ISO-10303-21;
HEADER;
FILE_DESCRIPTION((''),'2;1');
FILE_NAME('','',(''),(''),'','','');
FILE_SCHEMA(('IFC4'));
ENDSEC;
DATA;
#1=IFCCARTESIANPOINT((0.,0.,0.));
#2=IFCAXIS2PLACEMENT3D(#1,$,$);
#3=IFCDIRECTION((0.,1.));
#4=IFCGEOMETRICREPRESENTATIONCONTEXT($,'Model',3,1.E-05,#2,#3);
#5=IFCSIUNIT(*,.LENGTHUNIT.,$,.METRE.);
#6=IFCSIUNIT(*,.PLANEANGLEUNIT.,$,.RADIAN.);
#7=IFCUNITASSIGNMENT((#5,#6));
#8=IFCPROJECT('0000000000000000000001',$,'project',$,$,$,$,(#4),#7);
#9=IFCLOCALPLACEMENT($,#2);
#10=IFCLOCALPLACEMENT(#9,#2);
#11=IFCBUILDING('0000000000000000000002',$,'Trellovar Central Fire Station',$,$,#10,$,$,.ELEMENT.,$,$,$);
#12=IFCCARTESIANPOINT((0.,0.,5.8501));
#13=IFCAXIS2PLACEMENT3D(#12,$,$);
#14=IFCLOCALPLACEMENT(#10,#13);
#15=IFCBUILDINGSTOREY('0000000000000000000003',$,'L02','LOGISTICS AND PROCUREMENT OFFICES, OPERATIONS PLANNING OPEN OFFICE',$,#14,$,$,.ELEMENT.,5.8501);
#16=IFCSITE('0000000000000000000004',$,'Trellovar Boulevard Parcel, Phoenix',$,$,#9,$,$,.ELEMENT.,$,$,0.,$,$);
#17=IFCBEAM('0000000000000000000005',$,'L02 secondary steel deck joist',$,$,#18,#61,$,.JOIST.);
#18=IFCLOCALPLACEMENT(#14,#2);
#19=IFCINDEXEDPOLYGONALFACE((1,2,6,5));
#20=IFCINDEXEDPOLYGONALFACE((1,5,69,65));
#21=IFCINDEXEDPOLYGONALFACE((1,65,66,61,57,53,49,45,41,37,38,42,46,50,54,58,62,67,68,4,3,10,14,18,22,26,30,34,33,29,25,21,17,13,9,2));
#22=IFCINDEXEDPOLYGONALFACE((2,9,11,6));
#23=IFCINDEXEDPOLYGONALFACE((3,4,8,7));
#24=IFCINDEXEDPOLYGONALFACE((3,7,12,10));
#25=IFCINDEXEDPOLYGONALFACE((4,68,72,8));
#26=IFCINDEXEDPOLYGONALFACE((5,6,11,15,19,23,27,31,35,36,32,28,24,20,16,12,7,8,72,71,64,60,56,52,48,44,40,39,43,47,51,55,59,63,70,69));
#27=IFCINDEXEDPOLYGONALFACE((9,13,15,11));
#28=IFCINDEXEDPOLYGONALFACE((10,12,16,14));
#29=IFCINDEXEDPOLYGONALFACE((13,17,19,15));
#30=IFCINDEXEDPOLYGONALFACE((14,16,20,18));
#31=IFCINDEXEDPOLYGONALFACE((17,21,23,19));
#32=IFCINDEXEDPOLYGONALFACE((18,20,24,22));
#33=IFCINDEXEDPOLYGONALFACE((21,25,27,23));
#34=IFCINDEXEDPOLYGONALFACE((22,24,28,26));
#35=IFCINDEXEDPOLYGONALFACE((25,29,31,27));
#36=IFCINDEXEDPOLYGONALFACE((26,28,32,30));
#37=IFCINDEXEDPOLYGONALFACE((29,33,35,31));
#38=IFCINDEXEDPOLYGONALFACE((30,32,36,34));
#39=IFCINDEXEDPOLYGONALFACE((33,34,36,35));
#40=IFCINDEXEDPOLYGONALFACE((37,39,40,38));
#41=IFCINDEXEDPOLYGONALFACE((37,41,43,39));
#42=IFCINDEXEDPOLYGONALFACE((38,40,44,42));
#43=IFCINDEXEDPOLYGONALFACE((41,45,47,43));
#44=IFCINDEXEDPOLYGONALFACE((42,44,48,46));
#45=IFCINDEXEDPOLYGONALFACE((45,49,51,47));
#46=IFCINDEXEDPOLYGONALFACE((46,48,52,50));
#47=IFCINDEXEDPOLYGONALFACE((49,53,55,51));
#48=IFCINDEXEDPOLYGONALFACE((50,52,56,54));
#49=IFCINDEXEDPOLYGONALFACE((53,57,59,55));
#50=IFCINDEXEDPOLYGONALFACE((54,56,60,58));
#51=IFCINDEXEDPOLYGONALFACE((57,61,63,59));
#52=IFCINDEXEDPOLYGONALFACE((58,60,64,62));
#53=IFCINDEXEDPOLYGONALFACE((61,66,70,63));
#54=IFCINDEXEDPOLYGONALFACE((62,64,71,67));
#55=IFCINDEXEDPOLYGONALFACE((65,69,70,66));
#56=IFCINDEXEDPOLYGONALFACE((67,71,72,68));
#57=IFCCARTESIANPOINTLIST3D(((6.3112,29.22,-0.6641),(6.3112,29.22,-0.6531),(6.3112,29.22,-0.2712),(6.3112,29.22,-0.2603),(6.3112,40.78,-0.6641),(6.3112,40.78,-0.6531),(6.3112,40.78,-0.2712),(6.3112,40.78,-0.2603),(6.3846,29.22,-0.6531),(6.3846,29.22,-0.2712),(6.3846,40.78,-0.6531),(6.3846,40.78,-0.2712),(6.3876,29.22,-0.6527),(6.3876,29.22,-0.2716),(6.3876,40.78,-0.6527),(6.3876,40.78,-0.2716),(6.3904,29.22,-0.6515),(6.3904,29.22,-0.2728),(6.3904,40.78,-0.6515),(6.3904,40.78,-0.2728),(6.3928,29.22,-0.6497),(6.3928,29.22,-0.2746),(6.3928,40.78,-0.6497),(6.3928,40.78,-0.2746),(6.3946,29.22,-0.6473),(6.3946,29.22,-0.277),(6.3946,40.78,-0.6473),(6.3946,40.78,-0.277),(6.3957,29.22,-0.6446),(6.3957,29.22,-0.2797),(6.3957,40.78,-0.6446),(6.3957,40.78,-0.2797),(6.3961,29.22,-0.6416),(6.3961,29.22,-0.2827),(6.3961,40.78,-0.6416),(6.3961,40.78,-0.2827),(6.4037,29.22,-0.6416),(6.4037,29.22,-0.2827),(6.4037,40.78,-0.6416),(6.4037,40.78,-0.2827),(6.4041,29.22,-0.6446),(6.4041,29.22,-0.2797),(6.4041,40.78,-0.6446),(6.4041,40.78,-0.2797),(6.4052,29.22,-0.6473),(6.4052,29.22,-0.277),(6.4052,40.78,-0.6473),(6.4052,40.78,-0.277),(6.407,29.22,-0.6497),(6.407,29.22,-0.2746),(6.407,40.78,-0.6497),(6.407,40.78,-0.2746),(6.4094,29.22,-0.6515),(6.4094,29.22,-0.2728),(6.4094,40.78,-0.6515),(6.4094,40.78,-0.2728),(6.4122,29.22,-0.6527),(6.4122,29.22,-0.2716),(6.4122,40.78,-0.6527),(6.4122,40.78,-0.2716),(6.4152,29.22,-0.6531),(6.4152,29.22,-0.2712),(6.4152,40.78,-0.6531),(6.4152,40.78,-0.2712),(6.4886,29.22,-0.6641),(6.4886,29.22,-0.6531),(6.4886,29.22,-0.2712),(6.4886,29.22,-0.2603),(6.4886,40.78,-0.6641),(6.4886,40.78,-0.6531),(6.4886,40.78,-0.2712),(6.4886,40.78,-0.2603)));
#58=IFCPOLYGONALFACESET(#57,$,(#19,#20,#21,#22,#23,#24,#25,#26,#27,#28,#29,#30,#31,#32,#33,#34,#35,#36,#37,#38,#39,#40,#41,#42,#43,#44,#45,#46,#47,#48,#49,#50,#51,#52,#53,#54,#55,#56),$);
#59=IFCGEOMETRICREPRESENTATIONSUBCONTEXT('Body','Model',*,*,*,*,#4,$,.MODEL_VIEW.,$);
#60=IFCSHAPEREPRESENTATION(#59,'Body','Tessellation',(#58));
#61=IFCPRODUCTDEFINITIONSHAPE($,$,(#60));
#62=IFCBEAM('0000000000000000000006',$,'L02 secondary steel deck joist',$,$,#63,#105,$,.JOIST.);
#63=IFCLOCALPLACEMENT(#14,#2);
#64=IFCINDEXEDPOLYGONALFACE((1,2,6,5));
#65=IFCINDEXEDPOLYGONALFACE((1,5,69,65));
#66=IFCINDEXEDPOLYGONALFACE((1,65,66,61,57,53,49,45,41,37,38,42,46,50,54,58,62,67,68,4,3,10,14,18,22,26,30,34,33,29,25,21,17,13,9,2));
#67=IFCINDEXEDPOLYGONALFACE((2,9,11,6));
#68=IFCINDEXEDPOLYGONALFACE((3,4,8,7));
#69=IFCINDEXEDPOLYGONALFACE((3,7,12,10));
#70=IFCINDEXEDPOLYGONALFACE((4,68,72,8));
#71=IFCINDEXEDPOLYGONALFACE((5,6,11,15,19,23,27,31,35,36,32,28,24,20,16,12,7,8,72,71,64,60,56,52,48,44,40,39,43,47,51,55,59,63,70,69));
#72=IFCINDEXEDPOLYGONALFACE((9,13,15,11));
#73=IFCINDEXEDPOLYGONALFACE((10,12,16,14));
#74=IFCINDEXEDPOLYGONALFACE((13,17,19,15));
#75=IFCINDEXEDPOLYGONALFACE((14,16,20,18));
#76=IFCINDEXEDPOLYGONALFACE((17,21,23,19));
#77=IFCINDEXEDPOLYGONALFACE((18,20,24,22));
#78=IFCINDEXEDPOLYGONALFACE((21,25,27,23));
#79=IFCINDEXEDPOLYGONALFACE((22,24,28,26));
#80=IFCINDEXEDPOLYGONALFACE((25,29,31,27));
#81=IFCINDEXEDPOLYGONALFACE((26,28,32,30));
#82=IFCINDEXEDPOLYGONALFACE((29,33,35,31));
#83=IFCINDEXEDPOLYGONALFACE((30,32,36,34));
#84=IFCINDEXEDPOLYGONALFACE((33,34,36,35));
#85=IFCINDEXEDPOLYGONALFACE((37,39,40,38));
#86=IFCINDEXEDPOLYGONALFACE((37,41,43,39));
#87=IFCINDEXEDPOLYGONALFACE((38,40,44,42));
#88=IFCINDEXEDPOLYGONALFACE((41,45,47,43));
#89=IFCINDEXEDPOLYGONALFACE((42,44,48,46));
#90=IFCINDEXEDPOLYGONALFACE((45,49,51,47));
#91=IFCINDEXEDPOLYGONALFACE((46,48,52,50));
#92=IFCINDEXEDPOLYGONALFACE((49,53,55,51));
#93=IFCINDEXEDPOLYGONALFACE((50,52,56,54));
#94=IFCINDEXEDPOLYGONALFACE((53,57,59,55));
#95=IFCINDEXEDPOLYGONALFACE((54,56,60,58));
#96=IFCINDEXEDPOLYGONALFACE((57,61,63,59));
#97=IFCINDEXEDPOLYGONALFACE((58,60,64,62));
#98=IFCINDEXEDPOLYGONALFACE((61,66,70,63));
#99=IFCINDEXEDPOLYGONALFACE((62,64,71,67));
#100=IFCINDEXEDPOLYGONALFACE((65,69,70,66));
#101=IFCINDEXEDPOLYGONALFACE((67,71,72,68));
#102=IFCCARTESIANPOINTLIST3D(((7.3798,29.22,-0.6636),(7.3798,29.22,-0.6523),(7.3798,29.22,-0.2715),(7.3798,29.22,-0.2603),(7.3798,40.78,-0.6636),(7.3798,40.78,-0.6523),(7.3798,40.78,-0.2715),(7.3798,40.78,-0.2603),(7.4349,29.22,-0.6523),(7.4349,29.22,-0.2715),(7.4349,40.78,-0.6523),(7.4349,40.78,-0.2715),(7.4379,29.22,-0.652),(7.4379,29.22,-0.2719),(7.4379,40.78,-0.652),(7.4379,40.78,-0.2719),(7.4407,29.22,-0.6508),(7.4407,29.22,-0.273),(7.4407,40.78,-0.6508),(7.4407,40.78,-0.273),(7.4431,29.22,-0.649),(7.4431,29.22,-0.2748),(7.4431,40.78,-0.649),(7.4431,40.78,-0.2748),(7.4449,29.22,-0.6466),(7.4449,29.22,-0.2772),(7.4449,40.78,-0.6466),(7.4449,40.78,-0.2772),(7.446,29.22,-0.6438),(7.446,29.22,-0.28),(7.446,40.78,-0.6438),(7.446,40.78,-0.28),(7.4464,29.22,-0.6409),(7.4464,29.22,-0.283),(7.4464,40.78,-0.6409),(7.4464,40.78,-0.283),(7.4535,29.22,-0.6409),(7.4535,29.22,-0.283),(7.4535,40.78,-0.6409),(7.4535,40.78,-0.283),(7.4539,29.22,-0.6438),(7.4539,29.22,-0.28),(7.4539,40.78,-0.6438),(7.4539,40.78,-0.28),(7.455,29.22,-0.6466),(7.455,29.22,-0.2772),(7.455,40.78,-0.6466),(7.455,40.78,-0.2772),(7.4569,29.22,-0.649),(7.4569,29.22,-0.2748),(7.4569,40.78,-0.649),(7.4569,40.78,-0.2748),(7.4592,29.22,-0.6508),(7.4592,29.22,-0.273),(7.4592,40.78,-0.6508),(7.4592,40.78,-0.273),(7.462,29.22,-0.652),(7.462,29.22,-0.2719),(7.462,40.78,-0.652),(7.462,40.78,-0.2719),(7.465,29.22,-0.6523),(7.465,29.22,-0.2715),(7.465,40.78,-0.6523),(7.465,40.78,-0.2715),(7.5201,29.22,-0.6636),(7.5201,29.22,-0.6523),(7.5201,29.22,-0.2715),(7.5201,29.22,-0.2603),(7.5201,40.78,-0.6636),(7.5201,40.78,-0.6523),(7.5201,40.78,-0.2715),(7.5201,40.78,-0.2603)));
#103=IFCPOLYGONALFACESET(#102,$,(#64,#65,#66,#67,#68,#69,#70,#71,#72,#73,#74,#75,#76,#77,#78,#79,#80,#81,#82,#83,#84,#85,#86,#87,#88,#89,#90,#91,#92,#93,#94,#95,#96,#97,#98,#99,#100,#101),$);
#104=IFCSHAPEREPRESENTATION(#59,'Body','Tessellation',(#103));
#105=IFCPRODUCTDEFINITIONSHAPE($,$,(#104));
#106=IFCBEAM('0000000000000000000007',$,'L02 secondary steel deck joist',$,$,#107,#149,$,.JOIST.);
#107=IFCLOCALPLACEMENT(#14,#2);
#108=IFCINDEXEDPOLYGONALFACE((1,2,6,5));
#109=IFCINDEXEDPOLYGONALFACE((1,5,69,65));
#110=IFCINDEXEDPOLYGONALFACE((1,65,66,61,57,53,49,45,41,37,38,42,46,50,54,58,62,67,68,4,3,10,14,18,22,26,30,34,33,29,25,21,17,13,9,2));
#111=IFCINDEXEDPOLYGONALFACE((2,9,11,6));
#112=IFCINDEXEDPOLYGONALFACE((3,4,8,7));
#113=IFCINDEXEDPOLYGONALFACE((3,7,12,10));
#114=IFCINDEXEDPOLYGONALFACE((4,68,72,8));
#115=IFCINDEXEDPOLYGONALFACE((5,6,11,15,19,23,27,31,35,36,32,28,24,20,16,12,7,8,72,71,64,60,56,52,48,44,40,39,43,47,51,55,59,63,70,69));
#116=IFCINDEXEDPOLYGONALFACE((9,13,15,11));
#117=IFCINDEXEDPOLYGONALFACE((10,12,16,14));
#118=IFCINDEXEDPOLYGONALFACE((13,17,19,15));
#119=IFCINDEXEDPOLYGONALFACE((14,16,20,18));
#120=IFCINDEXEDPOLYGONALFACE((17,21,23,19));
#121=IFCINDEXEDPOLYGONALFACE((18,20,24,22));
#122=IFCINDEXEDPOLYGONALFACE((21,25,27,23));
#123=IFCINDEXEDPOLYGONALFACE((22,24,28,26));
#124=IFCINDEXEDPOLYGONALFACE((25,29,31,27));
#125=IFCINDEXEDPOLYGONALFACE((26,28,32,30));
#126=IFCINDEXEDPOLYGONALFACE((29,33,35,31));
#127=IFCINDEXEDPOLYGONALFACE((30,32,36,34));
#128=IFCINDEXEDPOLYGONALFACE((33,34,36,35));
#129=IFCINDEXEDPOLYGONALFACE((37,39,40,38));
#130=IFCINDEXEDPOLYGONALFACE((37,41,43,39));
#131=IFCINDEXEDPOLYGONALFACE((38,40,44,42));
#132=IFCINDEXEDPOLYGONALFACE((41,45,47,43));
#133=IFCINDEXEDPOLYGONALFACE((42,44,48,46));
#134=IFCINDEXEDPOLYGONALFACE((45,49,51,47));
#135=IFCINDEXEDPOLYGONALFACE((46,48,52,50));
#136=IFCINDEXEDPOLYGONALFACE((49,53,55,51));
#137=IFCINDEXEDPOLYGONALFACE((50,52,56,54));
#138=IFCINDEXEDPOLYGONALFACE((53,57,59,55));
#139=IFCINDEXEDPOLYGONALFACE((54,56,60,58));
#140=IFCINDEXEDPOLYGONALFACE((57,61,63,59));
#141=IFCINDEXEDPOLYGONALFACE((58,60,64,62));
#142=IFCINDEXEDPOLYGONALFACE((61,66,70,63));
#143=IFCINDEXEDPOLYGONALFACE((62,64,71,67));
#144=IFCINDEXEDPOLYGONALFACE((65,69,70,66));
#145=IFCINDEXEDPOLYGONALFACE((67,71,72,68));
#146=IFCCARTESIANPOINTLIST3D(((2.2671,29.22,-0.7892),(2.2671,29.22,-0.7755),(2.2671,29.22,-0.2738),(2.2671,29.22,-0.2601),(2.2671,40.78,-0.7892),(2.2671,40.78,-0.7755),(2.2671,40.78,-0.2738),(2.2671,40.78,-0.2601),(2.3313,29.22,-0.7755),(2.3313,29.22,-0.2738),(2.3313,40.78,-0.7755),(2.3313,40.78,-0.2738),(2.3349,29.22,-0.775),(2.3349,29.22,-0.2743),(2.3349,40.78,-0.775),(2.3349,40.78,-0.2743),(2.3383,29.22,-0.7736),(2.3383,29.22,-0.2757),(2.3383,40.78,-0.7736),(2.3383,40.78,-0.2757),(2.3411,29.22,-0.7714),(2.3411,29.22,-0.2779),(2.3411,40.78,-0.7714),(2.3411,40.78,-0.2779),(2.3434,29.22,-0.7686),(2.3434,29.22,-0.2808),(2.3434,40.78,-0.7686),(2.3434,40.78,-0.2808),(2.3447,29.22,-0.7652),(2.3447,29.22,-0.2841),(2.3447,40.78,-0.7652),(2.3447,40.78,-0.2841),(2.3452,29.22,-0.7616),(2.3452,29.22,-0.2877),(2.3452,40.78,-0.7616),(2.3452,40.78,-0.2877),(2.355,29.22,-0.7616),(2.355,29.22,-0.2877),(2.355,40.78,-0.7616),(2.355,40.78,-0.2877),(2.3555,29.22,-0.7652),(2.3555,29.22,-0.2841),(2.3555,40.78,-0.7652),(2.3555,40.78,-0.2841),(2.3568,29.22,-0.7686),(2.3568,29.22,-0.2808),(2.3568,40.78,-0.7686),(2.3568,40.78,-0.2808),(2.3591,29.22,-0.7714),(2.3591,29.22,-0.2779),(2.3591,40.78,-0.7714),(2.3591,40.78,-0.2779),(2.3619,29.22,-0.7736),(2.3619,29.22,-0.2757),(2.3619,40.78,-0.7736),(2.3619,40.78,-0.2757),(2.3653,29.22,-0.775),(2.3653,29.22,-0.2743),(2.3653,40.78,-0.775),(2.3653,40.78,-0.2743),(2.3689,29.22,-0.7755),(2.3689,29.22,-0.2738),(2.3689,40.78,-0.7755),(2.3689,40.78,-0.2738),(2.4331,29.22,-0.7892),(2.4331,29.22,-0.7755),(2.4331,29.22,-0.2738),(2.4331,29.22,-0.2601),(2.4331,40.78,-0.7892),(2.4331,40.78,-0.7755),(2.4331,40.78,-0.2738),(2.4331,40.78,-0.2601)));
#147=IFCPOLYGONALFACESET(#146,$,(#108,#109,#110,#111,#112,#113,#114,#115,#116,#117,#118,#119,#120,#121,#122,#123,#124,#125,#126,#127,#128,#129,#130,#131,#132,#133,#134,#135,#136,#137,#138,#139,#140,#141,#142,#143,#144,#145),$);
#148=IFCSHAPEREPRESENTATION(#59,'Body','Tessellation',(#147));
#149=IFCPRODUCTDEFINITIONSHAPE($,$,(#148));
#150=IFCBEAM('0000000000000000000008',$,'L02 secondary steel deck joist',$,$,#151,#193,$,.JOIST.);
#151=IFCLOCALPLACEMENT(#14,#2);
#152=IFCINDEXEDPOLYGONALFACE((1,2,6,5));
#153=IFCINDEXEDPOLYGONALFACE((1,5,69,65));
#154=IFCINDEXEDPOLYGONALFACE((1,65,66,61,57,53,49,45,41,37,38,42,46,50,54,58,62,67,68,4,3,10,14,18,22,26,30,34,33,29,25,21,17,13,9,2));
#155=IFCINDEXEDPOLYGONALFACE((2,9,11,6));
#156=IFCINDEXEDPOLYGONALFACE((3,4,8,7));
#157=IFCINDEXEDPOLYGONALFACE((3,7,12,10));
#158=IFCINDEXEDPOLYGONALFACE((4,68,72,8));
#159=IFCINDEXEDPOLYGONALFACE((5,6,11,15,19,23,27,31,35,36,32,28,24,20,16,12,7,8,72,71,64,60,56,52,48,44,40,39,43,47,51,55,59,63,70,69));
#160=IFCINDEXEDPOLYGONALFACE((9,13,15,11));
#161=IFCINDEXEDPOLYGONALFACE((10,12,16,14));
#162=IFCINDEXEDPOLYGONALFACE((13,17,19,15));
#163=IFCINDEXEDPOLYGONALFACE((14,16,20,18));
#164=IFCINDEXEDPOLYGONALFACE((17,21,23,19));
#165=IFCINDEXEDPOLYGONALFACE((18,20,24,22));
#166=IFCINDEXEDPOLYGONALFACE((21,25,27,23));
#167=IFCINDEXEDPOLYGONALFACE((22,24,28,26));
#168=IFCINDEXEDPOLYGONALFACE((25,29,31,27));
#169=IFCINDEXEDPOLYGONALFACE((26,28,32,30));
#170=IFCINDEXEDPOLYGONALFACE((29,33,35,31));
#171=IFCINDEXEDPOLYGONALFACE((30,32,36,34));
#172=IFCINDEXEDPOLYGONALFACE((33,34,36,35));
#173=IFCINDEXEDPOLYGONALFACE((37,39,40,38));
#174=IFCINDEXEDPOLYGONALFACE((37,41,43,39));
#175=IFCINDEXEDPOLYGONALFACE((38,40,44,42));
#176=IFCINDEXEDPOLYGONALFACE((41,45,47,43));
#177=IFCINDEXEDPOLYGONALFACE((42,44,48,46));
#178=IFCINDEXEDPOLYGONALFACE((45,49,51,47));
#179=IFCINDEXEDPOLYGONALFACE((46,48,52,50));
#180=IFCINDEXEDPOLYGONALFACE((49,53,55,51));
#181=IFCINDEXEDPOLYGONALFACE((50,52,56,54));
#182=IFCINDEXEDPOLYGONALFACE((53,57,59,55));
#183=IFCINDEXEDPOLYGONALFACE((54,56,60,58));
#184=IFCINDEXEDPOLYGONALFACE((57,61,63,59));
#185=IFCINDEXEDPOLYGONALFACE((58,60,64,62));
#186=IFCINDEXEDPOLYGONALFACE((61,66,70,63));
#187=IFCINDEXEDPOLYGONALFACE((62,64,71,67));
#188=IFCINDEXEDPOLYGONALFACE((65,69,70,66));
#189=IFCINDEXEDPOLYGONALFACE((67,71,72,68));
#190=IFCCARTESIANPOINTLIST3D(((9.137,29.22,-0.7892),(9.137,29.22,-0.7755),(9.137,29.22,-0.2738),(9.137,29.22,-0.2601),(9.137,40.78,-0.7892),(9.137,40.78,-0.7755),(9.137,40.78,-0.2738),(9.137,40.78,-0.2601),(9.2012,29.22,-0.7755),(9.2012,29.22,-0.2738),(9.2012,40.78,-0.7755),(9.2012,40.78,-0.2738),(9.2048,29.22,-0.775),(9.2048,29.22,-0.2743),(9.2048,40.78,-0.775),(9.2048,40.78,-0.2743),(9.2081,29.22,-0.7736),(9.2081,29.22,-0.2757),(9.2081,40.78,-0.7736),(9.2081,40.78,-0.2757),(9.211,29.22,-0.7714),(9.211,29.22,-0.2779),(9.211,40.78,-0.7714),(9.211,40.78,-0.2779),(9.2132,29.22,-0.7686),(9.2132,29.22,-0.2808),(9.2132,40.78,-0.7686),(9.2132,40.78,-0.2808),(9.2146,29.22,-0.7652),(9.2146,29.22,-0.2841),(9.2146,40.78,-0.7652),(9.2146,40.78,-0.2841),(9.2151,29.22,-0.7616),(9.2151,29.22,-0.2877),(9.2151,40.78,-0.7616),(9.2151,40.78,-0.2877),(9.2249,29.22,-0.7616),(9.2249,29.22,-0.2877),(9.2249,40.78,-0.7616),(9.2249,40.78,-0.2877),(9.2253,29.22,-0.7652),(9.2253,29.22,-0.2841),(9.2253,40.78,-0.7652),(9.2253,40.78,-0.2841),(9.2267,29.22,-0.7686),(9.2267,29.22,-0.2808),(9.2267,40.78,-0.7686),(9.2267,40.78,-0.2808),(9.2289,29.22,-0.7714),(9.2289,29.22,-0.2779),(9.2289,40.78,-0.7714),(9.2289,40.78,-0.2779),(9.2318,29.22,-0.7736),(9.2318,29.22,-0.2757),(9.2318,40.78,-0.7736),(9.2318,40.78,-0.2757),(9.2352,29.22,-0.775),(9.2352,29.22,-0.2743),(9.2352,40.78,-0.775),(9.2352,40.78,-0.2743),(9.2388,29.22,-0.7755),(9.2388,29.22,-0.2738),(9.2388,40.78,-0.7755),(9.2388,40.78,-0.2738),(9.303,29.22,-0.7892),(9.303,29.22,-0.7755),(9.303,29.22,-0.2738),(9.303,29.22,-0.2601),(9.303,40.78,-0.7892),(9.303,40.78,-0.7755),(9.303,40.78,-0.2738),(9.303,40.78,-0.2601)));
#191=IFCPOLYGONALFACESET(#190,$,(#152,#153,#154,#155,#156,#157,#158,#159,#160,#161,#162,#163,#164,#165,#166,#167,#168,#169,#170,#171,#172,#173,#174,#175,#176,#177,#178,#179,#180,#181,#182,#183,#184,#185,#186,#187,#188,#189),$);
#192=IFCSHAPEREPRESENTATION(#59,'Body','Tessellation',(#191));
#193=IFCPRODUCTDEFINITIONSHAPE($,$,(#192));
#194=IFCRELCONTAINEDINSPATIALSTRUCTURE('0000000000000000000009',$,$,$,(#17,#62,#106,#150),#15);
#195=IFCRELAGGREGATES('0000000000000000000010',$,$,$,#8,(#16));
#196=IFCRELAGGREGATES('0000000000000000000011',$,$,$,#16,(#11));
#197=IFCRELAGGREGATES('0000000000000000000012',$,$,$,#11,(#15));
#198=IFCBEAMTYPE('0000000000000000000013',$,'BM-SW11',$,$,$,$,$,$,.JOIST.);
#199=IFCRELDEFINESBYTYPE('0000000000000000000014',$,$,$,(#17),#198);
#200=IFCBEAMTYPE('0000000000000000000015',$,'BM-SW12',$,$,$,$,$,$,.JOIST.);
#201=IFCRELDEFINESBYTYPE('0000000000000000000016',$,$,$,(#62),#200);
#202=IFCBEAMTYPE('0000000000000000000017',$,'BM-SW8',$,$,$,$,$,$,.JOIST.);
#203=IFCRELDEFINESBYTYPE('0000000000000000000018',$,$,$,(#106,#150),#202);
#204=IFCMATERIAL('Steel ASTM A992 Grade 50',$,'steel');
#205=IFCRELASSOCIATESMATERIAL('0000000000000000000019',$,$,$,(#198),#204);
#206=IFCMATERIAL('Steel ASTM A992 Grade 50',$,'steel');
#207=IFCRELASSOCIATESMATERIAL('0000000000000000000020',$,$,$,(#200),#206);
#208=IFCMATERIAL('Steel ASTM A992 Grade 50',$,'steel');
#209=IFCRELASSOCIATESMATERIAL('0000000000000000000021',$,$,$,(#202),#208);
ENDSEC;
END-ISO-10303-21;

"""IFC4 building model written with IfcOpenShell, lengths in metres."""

from ifc_helpers import new_model, si_unit, direction, frame, origin, origin_2d, place, context, subcontext, project, spatial, i_section, extrude, material, material_profile, profile_set, type_object, element, save


model = new_model("IFC4")

# Units and contexts
model_context = context("Model", 3, precision=1e-05, world=origin(), true_north=direction((0.0, 1.0)))
body_context = subcontext(model_context, "Body", "Model", "MODEL_VIEW")
ifc_project = project(units=[si_unit("LENGTHUNIT", "METRE"), si_unit("PLANEANGLEUNIT", "RADIAN")], contexts=[model_context])

# Site, building, storey
site_placement = place(None, origin())
site = spatial("IfcSite", under=ifc_project, at=site_placement, Name="Trellovar Boulevard Parcel, Phoenix", CompositionType="ELEMENT", RefElevation=0.0)
building_placement = place(site_placement, origin())
building = spatial("IfcBuilding", under=site, at=building_placement, Name="Trellovar Central Fire Station", CompositionType="ELEMENT")
storey_placement = place(building_placement, frame((0.0, 0.0, 5.8501)))
storey = spatial("IfcBuildingStorey", under=building, at=storey_placement, Name="L02", Description="LOGISTICS AND PROCUREMENT OFFICES, OPERATIONS PLANNING OPEN OFFICE", CompositionType="ELEMENT", Elevation=5.8501)

# Beams
ifc_material_1 = material(Name="Steel ASTM A992 Grade 50", Category="steel")
ifc_material_profile_1 = material_profile(ifc_material_1, i_section(OverallWidth=0.1775, OverallDepth=0.4038, WebThickness=0.0076, FlangeThickness=0.011, FilletRadius=0.0115, at=origin_2d()), Name="W16X36")
ifc_profile_set_1 = profile_set([ifc_material_profile_1], Name="Steel ASTM A992 Grade 50")
beam_type_1 = type_object("IfcBeamType", Name="BM-SW11", PredefinedType="JOIST", material=ifc_profile_set_1)
beam_1_placement = place(storey_placement, frame((6.3999, 29.22, -0.4622), z_axis=(0.0, 1.0, 0.0), x_axis=(-1.0, 0.0, 0.0)))
element("IfcBeam", 1, at=beam_1_placement, inside=storey, type_object=beam_type_1, Name="L02 secondary steel deck joist", PredefinedType="JOIST", context=body_context, shape_type="SweptSolid", body=[
    extrude(i_section(OverallWidth=0.1775, OverallDepth=0.4038, WebThickness=0.0076, FlangeThickness=0.011, FilletRadius=0.0115, at=origin_2d()), origin(), (0.0, 0.0, 1.0), 11.5601),
])
ifc_material_2 = material(Name="Steel ASTM A992 Grade 50", Category="steel")
ifc_material_profile_2 = material_profile(ifc_material_2, i_section(OverallWidth=0.1404, OverallDepth=0.4033, WebThickness=0.0071, FlangeThickness=0.0112, FilletRadius=0.0115, at=origin_2d()), Name="W16X31")
ifc_profile_set_2 = profile_set([ifc_material_profile_2], Name="Steel ASTM A992 Grade 50")
beam_type_2 = type_object("IfcBeamType", Name="BM-SW12", PredefinedType="JOIST", material=ifc_profile_set_2)
beam_2_placement = place(storey_placement, frame((7.45, 29.22, -0.4619), z_axis=(0.0, 1.0, 0.0), x_axis=(-1.0, 0.0, 0.0)))
element("IfcBeam", 2, at=beam_2_placement, inside=storey, type_object=beam_type_2, Name="L02 secondary steel deck joist", PredefinedType="JOIST", context=body_context, shape_type="SweptSolid", body=[
    extrude(i_section(OverallWidth=0.1404, OverallDepth=0.4033, WebThickness=0.0071, FlangeThickness=0.0112, FilletRadius=0.0115, at=origin_2d()), origin(), (0.0, 0.0, 1.0), 11.5601),
])
ifc_material_3 = material(Name="Steel ASTM A992 Grade 50", Category="steel")
ifc_material_profile_3 = material_profile(ifc_material_3, i_section(OverallWidth=0.166, OverallDepth=0.5291, WebThickness=0.0098, FlangeThickness=0.0137, FilletRadius=0.0139, at=origin_2d()), Name="W21X50")
ifc_profile_set_3 = profile_set([ifc_material_profile_3], Name="Steel ASTM A992 Grade 50")
beam_type_3 = type_object("IfcBeamType", Name="BM-SW8", PredefinedType="JOIST", material=ifc_profile_set_3)
for number, where, z_axis, x_axis, name in (
    (3, (2.3501, 29.22, -0.5247), (0.0, 1.0, 0.0), (-1.0, 0.0, 0.0), "L02 secondary steel deck joist"),
    (4, (9.22, 29.22, -0.5247), (0.0, 1.0, 0.0), (-1.0, 0.0, 0.0), "L02 secondary steel deck joist"),
):
    element("IfcBeam", number, at=place(storey_placement, frame(where, z_axis=z_axis, x_axis=x_axis)), inside=storey, type_object=beam_type_3, Name=name, PredefinedType="JOIST", context=body_context, shape_type="SweptSolid", body=[
        extrude(i_section(OverallWidth=0.166, OverallDepth=0.5291, WebThickness=0.0098, FlangeThickness=0.0137, FilletRadius=0.0139, at=origin_2d()), origin(), (0.0, 0.0, 1.0), 11.5601),
    ])

save(model, "model.ifc")
